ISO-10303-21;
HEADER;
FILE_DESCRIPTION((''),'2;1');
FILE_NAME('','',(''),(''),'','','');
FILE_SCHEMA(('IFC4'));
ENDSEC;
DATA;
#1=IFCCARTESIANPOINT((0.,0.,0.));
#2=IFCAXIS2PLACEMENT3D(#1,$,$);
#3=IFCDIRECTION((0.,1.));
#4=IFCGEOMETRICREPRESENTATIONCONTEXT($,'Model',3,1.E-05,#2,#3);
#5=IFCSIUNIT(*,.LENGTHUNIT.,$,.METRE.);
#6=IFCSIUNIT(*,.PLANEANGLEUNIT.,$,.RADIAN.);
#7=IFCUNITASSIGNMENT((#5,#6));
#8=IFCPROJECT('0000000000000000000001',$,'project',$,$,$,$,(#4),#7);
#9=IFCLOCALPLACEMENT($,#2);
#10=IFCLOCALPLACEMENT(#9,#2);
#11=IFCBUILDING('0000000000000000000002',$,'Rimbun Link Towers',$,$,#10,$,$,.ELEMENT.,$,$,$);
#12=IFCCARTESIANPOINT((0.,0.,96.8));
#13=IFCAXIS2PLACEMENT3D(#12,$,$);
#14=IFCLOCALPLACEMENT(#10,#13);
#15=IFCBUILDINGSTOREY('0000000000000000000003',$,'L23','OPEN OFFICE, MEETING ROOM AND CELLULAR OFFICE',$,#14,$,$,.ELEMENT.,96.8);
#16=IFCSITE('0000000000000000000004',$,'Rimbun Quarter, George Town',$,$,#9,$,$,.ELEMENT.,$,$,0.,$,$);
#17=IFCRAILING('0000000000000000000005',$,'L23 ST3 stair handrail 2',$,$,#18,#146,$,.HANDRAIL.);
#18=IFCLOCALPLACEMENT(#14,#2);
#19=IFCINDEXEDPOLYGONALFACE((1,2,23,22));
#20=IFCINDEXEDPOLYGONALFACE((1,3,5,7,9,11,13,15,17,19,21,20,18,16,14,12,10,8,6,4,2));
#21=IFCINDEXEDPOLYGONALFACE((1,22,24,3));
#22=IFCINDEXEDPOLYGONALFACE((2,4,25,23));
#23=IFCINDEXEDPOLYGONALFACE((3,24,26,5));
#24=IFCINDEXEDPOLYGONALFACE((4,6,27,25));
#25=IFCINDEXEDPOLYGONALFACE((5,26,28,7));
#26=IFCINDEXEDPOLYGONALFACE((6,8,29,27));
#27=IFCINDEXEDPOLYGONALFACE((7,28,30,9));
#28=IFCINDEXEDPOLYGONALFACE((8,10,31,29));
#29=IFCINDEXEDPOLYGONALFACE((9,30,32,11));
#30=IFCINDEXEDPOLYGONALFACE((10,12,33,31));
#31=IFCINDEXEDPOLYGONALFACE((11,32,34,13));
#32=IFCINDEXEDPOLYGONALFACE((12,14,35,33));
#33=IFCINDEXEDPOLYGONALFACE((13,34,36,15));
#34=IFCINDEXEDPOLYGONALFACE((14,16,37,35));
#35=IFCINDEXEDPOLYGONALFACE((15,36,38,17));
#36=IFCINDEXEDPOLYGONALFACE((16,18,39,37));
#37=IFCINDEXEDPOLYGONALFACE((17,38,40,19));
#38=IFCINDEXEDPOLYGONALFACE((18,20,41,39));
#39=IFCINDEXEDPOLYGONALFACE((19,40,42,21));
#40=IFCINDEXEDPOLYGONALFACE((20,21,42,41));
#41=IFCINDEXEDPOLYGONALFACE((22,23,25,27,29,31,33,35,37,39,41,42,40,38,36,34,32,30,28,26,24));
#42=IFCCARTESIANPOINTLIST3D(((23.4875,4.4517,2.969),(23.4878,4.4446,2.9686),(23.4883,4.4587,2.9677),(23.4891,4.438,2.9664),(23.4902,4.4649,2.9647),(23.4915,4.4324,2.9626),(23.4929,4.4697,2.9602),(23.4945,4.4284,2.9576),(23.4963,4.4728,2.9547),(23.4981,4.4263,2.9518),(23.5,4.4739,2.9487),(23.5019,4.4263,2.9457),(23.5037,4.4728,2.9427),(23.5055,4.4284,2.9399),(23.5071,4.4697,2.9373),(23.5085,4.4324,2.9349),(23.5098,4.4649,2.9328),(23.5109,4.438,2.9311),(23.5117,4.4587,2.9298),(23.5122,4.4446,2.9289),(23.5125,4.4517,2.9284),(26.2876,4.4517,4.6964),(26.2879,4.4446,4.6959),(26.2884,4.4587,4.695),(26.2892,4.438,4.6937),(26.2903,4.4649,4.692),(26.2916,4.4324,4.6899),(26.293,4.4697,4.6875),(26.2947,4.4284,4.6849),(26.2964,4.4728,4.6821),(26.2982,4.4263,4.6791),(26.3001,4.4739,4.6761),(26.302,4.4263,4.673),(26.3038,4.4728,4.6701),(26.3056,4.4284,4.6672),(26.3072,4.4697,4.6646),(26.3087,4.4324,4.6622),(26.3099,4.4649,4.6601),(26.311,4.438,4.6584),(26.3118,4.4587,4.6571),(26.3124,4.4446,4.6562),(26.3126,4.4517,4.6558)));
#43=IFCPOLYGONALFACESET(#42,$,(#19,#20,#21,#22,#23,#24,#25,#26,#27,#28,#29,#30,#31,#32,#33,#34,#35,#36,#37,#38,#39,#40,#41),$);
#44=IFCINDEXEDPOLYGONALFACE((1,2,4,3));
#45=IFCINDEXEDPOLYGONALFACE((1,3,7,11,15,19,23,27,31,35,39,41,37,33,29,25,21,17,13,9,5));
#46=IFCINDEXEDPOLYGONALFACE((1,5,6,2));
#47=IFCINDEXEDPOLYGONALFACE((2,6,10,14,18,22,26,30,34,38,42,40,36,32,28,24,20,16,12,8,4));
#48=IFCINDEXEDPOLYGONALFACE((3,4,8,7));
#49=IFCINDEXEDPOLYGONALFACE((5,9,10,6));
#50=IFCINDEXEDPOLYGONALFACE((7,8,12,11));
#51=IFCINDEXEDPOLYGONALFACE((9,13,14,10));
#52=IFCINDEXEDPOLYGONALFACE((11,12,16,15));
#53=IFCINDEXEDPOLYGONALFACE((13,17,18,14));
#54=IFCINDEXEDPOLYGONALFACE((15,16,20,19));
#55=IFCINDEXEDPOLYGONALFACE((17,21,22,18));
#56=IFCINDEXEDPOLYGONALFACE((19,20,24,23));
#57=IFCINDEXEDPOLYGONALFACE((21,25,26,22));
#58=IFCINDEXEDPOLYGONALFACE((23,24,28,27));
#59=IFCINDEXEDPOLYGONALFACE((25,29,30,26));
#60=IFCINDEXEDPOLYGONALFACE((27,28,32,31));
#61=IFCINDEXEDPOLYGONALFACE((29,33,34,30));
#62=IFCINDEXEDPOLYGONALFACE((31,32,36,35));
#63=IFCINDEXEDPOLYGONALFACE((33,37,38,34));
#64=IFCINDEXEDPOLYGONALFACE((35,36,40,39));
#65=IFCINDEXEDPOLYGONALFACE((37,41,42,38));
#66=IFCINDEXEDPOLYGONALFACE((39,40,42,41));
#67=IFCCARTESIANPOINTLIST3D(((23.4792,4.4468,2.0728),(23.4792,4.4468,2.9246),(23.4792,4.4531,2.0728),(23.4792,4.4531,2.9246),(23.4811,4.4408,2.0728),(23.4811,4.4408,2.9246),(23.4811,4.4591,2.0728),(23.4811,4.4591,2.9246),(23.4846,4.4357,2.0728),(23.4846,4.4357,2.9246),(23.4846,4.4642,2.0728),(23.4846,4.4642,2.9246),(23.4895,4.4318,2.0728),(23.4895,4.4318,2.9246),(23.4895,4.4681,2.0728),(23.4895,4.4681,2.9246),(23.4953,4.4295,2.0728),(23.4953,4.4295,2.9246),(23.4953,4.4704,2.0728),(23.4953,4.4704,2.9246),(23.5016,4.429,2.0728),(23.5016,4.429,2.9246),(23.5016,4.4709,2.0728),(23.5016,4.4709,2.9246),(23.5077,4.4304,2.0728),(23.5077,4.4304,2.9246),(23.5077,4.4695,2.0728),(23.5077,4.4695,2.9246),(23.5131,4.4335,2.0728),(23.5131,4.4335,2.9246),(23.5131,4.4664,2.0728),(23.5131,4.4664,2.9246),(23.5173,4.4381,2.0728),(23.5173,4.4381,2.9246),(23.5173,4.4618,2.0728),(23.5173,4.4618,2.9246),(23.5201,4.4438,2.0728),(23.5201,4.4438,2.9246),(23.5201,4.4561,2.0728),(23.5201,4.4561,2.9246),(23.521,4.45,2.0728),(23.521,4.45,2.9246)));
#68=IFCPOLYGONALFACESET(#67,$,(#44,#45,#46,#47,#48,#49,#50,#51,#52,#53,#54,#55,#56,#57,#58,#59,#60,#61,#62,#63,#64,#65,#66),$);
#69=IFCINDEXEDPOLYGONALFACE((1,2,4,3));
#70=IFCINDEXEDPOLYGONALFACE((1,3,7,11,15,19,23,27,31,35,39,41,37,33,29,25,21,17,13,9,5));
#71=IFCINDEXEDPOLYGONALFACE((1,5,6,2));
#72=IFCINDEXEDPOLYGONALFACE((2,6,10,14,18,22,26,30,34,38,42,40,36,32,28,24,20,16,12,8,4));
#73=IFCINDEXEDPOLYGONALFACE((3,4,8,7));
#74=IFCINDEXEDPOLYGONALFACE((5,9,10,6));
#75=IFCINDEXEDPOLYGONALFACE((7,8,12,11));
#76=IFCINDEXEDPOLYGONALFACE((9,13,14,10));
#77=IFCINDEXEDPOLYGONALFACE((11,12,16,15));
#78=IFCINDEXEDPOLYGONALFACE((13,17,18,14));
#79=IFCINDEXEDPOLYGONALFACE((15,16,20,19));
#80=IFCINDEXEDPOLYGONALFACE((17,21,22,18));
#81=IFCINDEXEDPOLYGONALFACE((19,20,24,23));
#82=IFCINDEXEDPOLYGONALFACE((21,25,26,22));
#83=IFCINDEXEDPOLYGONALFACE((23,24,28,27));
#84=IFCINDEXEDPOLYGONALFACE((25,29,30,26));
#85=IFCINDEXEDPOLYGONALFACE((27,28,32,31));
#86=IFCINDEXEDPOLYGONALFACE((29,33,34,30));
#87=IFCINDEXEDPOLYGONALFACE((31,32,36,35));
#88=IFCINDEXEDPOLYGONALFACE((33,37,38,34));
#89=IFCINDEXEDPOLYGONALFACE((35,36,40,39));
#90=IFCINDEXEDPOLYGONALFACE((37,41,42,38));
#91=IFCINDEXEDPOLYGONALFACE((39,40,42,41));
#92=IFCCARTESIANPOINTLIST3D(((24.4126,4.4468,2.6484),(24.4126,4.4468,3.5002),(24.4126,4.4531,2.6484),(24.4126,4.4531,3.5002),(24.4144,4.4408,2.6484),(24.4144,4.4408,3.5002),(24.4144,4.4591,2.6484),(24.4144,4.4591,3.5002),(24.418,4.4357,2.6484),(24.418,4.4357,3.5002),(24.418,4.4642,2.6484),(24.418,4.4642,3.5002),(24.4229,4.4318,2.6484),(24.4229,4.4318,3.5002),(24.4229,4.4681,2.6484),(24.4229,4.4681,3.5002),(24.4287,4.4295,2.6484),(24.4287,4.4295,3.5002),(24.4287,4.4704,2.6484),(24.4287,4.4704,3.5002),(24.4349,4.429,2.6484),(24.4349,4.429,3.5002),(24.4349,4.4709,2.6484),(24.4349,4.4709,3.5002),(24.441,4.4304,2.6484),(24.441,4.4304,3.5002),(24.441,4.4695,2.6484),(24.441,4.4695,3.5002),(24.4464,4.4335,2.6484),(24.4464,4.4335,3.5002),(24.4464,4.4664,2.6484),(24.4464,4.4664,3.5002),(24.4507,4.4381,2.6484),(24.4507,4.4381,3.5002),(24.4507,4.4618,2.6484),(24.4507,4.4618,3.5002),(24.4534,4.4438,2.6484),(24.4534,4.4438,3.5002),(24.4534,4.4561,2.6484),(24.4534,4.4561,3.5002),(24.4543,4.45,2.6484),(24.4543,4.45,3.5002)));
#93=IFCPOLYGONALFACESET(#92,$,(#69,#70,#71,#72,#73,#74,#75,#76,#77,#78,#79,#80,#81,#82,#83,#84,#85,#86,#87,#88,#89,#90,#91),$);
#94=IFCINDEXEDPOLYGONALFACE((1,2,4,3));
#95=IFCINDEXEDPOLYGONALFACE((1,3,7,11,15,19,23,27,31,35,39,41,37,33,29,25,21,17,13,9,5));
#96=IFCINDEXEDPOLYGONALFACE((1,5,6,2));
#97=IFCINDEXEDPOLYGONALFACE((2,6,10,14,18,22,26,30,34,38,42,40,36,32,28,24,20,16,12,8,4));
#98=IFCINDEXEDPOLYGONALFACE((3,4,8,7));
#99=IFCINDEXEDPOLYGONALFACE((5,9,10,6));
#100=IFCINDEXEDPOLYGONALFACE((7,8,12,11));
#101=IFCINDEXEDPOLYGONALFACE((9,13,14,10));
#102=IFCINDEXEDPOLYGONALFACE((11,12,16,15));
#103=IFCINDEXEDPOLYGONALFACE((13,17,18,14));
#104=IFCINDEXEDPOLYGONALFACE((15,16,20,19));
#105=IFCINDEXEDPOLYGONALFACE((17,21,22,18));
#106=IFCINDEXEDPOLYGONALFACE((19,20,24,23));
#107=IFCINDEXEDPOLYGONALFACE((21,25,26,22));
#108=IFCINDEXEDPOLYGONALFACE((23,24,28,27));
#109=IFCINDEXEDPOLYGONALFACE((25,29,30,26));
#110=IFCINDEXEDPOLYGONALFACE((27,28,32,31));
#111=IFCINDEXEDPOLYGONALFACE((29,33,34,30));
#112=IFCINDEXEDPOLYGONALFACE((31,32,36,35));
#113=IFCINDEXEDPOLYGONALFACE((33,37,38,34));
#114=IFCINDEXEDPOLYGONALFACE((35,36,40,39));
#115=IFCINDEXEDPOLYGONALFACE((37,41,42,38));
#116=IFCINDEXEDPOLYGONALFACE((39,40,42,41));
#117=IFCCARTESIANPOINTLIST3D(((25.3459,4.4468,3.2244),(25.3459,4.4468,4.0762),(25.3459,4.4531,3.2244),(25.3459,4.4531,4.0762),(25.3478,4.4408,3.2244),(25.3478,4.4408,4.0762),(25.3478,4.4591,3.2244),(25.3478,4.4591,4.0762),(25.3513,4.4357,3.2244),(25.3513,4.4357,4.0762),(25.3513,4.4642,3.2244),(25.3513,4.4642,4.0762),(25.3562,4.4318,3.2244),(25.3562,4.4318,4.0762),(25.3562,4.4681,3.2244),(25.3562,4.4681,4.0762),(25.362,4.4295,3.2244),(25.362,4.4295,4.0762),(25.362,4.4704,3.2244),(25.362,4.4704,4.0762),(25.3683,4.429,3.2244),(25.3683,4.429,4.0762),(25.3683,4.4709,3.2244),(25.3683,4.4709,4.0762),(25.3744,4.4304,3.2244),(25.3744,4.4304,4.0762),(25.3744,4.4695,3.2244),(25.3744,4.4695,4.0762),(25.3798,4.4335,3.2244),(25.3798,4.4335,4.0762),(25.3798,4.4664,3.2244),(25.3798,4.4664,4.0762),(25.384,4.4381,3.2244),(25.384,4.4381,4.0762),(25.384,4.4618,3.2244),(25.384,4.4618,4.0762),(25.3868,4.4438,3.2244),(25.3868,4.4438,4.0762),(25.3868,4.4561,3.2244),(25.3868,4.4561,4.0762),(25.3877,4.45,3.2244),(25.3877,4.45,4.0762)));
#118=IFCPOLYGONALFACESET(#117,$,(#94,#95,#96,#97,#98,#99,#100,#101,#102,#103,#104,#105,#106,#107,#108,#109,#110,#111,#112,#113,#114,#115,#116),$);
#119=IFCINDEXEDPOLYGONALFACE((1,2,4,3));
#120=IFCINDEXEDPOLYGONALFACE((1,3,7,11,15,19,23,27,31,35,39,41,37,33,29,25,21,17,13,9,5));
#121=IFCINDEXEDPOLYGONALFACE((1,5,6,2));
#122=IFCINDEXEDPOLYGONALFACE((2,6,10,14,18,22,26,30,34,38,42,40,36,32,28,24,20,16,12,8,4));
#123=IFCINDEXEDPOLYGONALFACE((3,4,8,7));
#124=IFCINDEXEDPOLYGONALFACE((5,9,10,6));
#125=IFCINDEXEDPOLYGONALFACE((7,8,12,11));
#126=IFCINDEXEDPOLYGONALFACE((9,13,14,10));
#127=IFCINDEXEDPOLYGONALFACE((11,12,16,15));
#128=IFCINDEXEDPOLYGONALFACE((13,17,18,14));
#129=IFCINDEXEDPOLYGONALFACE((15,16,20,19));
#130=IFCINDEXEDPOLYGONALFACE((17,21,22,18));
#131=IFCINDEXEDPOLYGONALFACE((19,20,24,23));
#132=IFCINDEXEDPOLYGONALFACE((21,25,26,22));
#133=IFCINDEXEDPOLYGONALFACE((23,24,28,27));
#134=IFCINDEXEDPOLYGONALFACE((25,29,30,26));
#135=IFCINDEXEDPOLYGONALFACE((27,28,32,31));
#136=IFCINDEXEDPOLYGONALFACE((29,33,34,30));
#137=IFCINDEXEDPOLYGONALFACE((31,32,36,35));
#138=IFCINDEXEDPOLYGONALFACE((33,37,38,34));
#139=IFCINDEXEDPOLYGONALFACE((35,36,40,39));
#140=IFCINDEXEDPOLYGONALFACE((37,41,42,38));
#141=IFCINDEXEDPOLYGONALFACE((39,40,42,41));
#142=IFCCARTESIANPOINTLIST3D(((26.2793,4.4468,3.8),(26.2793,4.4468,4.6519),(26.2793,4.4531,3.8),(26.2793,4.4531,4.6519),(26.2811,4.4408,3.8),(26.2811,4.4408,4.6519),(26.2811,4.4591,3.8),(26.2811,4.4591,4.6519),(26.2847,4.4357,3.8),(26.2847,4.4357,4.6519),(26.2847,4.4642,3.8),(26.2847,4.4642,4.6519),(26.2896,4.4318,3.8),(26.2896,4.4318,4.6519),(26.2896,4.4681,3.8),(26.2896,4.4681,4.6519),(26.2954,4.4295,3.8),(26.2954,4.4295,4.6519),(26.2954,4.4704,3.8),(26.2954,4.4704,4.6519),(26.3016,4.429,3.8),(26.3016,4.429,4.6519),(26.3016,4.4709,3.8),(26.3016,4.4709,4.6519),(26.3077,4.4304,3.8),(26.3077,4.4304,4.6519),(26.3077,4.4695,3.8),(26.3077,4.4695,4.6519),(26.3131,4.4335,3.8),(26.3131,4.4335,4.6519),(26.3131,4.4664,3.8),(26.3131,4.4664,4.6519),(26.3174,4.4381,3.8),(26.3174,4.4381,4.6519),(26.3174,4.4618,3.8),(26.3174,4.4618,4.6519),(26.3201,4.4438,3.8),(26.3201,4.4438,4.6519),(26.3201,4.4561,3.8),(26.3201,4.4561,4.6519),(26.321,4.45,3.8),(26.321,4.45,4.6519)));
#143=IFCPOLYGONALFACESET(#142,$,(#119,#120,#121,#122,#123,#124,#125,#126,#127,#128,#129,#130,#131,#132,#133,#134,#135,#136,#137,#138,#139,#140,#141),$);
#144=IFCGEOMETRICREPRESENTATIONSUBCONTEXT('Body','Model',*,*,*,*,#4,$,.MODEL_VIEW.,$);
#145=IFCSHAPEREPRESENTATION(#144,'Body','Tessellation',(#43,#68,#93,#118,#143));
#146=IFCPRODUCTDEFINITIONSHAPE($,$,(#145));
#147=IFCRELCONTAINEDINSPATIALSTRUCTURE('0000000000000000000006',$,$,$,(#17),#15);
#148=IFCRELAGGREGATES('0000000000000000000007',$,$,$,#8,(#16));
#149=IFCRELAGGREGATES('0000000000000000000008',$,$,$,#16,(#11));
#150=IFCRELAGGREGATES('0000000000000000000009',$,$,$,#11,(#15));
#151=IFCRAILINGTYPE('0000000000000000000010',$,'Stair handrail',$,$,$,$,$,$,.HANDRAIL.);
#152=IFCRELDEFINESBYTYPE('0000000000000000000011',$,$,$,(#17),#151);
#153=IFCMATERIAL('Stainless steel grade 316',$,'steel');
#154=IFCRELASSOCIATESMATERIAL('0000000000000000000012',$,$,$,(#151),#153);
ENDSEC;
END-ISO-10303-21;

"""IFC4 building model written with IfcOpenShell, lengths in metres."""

from ifc_helpers import new_model, si_unit, direction, frame, origin, origin_2d, place, context, subcontext, project, spatial, circle, extrude, material, type_object, element, save


model = new_model("IFC4")

# Units and contexts
model_context = context("Model", 3, precision=1e-05, world=origin(), true_north=direction((0.0, 1.0)))
body_context = subcontext(model_context, "Body", "Model", "MODEL_VIEW")
ifc_project = project(units=[si_unit("LENGTHUNIT", "METRE"), si_unit("PLANEANGLEUNIT", "RADIAN")], contexts=[model_context])

# Site, building, storey
site_placement = place(None, origin())
site = spatial("IfcSite", under=ifc_project, at=site_placement, Name="Rimbun Quarter, George Town", CompositionType="ELEMENT", RefElevation=0.0)
building_placement = place(site_placement, origin())
building = spatial("IfcBuilding", under=site, at=building_placement, Name="Rimbun Link Towers", CompositionType="ELEMENT")
storey_placement = place(building_placement, frame((0.0, 0.0, 96.8)))
storey = spatial("IfcBuildingStorey", under=building, at=storey_placement, Name="L23", Description="OPEN OFFICE, MEETING ROOM AND CELLULAR OFFICE", CompositionType="ELEMENT", Elevation=96.8)

# Railing
ifc_material_1 = material(Name="Stainless steel grade 316", Category="steel")
railing_type_1 = type_object("IfcRailingType", Name="Stair handrail", PredefinedType="HANDRAIL", material=ifc_material_1)
railing_1_placement = place(storey_placement, frame((23.5, 4.45, 2.0728)))
element("IfcRailing", 1, at=railing_1_placement, inside=storey, type_object=railing_type_1, Name="L23 ST3 stair handrail 2", PredefinedType="HANDRAIL", context=body_context, shape_type="SweptSolid", body=[
    extrude(circle(Radius=0.0239, at=origin_2d()), frame((0.0, 0.0, 0.876), z_axis=(0.85109, 0.0, 0.52502), x_axis=(0.0, 1.0, 0.0)), (0.0, 0.0, 1.0), 3.29),
    extrude(circle(Radius=0.021, at=origin_2d()), origin(), (0.0, 0.0, 1.0), 0.8518),
    extrude(circle(Radius=0.021, at=origin_2d()), frame((0.9333, 0.0, 0.5757)), (0.0, 0.0, 1.0), 0.8518),
    extrude(circle(Radius=0.021, at=origin_2d()), frame((1.8667, 0.0, 1.1516)), (0.0, 0.0, 1.0), 0.8518),
    extrude(circle(Radius=0.021, at=origin_2d()), frame((2.8, 0.0, 1.7273)), (0.0, 0.0, 1.0), 0.8518),
])

save(model, "model.ifc")
